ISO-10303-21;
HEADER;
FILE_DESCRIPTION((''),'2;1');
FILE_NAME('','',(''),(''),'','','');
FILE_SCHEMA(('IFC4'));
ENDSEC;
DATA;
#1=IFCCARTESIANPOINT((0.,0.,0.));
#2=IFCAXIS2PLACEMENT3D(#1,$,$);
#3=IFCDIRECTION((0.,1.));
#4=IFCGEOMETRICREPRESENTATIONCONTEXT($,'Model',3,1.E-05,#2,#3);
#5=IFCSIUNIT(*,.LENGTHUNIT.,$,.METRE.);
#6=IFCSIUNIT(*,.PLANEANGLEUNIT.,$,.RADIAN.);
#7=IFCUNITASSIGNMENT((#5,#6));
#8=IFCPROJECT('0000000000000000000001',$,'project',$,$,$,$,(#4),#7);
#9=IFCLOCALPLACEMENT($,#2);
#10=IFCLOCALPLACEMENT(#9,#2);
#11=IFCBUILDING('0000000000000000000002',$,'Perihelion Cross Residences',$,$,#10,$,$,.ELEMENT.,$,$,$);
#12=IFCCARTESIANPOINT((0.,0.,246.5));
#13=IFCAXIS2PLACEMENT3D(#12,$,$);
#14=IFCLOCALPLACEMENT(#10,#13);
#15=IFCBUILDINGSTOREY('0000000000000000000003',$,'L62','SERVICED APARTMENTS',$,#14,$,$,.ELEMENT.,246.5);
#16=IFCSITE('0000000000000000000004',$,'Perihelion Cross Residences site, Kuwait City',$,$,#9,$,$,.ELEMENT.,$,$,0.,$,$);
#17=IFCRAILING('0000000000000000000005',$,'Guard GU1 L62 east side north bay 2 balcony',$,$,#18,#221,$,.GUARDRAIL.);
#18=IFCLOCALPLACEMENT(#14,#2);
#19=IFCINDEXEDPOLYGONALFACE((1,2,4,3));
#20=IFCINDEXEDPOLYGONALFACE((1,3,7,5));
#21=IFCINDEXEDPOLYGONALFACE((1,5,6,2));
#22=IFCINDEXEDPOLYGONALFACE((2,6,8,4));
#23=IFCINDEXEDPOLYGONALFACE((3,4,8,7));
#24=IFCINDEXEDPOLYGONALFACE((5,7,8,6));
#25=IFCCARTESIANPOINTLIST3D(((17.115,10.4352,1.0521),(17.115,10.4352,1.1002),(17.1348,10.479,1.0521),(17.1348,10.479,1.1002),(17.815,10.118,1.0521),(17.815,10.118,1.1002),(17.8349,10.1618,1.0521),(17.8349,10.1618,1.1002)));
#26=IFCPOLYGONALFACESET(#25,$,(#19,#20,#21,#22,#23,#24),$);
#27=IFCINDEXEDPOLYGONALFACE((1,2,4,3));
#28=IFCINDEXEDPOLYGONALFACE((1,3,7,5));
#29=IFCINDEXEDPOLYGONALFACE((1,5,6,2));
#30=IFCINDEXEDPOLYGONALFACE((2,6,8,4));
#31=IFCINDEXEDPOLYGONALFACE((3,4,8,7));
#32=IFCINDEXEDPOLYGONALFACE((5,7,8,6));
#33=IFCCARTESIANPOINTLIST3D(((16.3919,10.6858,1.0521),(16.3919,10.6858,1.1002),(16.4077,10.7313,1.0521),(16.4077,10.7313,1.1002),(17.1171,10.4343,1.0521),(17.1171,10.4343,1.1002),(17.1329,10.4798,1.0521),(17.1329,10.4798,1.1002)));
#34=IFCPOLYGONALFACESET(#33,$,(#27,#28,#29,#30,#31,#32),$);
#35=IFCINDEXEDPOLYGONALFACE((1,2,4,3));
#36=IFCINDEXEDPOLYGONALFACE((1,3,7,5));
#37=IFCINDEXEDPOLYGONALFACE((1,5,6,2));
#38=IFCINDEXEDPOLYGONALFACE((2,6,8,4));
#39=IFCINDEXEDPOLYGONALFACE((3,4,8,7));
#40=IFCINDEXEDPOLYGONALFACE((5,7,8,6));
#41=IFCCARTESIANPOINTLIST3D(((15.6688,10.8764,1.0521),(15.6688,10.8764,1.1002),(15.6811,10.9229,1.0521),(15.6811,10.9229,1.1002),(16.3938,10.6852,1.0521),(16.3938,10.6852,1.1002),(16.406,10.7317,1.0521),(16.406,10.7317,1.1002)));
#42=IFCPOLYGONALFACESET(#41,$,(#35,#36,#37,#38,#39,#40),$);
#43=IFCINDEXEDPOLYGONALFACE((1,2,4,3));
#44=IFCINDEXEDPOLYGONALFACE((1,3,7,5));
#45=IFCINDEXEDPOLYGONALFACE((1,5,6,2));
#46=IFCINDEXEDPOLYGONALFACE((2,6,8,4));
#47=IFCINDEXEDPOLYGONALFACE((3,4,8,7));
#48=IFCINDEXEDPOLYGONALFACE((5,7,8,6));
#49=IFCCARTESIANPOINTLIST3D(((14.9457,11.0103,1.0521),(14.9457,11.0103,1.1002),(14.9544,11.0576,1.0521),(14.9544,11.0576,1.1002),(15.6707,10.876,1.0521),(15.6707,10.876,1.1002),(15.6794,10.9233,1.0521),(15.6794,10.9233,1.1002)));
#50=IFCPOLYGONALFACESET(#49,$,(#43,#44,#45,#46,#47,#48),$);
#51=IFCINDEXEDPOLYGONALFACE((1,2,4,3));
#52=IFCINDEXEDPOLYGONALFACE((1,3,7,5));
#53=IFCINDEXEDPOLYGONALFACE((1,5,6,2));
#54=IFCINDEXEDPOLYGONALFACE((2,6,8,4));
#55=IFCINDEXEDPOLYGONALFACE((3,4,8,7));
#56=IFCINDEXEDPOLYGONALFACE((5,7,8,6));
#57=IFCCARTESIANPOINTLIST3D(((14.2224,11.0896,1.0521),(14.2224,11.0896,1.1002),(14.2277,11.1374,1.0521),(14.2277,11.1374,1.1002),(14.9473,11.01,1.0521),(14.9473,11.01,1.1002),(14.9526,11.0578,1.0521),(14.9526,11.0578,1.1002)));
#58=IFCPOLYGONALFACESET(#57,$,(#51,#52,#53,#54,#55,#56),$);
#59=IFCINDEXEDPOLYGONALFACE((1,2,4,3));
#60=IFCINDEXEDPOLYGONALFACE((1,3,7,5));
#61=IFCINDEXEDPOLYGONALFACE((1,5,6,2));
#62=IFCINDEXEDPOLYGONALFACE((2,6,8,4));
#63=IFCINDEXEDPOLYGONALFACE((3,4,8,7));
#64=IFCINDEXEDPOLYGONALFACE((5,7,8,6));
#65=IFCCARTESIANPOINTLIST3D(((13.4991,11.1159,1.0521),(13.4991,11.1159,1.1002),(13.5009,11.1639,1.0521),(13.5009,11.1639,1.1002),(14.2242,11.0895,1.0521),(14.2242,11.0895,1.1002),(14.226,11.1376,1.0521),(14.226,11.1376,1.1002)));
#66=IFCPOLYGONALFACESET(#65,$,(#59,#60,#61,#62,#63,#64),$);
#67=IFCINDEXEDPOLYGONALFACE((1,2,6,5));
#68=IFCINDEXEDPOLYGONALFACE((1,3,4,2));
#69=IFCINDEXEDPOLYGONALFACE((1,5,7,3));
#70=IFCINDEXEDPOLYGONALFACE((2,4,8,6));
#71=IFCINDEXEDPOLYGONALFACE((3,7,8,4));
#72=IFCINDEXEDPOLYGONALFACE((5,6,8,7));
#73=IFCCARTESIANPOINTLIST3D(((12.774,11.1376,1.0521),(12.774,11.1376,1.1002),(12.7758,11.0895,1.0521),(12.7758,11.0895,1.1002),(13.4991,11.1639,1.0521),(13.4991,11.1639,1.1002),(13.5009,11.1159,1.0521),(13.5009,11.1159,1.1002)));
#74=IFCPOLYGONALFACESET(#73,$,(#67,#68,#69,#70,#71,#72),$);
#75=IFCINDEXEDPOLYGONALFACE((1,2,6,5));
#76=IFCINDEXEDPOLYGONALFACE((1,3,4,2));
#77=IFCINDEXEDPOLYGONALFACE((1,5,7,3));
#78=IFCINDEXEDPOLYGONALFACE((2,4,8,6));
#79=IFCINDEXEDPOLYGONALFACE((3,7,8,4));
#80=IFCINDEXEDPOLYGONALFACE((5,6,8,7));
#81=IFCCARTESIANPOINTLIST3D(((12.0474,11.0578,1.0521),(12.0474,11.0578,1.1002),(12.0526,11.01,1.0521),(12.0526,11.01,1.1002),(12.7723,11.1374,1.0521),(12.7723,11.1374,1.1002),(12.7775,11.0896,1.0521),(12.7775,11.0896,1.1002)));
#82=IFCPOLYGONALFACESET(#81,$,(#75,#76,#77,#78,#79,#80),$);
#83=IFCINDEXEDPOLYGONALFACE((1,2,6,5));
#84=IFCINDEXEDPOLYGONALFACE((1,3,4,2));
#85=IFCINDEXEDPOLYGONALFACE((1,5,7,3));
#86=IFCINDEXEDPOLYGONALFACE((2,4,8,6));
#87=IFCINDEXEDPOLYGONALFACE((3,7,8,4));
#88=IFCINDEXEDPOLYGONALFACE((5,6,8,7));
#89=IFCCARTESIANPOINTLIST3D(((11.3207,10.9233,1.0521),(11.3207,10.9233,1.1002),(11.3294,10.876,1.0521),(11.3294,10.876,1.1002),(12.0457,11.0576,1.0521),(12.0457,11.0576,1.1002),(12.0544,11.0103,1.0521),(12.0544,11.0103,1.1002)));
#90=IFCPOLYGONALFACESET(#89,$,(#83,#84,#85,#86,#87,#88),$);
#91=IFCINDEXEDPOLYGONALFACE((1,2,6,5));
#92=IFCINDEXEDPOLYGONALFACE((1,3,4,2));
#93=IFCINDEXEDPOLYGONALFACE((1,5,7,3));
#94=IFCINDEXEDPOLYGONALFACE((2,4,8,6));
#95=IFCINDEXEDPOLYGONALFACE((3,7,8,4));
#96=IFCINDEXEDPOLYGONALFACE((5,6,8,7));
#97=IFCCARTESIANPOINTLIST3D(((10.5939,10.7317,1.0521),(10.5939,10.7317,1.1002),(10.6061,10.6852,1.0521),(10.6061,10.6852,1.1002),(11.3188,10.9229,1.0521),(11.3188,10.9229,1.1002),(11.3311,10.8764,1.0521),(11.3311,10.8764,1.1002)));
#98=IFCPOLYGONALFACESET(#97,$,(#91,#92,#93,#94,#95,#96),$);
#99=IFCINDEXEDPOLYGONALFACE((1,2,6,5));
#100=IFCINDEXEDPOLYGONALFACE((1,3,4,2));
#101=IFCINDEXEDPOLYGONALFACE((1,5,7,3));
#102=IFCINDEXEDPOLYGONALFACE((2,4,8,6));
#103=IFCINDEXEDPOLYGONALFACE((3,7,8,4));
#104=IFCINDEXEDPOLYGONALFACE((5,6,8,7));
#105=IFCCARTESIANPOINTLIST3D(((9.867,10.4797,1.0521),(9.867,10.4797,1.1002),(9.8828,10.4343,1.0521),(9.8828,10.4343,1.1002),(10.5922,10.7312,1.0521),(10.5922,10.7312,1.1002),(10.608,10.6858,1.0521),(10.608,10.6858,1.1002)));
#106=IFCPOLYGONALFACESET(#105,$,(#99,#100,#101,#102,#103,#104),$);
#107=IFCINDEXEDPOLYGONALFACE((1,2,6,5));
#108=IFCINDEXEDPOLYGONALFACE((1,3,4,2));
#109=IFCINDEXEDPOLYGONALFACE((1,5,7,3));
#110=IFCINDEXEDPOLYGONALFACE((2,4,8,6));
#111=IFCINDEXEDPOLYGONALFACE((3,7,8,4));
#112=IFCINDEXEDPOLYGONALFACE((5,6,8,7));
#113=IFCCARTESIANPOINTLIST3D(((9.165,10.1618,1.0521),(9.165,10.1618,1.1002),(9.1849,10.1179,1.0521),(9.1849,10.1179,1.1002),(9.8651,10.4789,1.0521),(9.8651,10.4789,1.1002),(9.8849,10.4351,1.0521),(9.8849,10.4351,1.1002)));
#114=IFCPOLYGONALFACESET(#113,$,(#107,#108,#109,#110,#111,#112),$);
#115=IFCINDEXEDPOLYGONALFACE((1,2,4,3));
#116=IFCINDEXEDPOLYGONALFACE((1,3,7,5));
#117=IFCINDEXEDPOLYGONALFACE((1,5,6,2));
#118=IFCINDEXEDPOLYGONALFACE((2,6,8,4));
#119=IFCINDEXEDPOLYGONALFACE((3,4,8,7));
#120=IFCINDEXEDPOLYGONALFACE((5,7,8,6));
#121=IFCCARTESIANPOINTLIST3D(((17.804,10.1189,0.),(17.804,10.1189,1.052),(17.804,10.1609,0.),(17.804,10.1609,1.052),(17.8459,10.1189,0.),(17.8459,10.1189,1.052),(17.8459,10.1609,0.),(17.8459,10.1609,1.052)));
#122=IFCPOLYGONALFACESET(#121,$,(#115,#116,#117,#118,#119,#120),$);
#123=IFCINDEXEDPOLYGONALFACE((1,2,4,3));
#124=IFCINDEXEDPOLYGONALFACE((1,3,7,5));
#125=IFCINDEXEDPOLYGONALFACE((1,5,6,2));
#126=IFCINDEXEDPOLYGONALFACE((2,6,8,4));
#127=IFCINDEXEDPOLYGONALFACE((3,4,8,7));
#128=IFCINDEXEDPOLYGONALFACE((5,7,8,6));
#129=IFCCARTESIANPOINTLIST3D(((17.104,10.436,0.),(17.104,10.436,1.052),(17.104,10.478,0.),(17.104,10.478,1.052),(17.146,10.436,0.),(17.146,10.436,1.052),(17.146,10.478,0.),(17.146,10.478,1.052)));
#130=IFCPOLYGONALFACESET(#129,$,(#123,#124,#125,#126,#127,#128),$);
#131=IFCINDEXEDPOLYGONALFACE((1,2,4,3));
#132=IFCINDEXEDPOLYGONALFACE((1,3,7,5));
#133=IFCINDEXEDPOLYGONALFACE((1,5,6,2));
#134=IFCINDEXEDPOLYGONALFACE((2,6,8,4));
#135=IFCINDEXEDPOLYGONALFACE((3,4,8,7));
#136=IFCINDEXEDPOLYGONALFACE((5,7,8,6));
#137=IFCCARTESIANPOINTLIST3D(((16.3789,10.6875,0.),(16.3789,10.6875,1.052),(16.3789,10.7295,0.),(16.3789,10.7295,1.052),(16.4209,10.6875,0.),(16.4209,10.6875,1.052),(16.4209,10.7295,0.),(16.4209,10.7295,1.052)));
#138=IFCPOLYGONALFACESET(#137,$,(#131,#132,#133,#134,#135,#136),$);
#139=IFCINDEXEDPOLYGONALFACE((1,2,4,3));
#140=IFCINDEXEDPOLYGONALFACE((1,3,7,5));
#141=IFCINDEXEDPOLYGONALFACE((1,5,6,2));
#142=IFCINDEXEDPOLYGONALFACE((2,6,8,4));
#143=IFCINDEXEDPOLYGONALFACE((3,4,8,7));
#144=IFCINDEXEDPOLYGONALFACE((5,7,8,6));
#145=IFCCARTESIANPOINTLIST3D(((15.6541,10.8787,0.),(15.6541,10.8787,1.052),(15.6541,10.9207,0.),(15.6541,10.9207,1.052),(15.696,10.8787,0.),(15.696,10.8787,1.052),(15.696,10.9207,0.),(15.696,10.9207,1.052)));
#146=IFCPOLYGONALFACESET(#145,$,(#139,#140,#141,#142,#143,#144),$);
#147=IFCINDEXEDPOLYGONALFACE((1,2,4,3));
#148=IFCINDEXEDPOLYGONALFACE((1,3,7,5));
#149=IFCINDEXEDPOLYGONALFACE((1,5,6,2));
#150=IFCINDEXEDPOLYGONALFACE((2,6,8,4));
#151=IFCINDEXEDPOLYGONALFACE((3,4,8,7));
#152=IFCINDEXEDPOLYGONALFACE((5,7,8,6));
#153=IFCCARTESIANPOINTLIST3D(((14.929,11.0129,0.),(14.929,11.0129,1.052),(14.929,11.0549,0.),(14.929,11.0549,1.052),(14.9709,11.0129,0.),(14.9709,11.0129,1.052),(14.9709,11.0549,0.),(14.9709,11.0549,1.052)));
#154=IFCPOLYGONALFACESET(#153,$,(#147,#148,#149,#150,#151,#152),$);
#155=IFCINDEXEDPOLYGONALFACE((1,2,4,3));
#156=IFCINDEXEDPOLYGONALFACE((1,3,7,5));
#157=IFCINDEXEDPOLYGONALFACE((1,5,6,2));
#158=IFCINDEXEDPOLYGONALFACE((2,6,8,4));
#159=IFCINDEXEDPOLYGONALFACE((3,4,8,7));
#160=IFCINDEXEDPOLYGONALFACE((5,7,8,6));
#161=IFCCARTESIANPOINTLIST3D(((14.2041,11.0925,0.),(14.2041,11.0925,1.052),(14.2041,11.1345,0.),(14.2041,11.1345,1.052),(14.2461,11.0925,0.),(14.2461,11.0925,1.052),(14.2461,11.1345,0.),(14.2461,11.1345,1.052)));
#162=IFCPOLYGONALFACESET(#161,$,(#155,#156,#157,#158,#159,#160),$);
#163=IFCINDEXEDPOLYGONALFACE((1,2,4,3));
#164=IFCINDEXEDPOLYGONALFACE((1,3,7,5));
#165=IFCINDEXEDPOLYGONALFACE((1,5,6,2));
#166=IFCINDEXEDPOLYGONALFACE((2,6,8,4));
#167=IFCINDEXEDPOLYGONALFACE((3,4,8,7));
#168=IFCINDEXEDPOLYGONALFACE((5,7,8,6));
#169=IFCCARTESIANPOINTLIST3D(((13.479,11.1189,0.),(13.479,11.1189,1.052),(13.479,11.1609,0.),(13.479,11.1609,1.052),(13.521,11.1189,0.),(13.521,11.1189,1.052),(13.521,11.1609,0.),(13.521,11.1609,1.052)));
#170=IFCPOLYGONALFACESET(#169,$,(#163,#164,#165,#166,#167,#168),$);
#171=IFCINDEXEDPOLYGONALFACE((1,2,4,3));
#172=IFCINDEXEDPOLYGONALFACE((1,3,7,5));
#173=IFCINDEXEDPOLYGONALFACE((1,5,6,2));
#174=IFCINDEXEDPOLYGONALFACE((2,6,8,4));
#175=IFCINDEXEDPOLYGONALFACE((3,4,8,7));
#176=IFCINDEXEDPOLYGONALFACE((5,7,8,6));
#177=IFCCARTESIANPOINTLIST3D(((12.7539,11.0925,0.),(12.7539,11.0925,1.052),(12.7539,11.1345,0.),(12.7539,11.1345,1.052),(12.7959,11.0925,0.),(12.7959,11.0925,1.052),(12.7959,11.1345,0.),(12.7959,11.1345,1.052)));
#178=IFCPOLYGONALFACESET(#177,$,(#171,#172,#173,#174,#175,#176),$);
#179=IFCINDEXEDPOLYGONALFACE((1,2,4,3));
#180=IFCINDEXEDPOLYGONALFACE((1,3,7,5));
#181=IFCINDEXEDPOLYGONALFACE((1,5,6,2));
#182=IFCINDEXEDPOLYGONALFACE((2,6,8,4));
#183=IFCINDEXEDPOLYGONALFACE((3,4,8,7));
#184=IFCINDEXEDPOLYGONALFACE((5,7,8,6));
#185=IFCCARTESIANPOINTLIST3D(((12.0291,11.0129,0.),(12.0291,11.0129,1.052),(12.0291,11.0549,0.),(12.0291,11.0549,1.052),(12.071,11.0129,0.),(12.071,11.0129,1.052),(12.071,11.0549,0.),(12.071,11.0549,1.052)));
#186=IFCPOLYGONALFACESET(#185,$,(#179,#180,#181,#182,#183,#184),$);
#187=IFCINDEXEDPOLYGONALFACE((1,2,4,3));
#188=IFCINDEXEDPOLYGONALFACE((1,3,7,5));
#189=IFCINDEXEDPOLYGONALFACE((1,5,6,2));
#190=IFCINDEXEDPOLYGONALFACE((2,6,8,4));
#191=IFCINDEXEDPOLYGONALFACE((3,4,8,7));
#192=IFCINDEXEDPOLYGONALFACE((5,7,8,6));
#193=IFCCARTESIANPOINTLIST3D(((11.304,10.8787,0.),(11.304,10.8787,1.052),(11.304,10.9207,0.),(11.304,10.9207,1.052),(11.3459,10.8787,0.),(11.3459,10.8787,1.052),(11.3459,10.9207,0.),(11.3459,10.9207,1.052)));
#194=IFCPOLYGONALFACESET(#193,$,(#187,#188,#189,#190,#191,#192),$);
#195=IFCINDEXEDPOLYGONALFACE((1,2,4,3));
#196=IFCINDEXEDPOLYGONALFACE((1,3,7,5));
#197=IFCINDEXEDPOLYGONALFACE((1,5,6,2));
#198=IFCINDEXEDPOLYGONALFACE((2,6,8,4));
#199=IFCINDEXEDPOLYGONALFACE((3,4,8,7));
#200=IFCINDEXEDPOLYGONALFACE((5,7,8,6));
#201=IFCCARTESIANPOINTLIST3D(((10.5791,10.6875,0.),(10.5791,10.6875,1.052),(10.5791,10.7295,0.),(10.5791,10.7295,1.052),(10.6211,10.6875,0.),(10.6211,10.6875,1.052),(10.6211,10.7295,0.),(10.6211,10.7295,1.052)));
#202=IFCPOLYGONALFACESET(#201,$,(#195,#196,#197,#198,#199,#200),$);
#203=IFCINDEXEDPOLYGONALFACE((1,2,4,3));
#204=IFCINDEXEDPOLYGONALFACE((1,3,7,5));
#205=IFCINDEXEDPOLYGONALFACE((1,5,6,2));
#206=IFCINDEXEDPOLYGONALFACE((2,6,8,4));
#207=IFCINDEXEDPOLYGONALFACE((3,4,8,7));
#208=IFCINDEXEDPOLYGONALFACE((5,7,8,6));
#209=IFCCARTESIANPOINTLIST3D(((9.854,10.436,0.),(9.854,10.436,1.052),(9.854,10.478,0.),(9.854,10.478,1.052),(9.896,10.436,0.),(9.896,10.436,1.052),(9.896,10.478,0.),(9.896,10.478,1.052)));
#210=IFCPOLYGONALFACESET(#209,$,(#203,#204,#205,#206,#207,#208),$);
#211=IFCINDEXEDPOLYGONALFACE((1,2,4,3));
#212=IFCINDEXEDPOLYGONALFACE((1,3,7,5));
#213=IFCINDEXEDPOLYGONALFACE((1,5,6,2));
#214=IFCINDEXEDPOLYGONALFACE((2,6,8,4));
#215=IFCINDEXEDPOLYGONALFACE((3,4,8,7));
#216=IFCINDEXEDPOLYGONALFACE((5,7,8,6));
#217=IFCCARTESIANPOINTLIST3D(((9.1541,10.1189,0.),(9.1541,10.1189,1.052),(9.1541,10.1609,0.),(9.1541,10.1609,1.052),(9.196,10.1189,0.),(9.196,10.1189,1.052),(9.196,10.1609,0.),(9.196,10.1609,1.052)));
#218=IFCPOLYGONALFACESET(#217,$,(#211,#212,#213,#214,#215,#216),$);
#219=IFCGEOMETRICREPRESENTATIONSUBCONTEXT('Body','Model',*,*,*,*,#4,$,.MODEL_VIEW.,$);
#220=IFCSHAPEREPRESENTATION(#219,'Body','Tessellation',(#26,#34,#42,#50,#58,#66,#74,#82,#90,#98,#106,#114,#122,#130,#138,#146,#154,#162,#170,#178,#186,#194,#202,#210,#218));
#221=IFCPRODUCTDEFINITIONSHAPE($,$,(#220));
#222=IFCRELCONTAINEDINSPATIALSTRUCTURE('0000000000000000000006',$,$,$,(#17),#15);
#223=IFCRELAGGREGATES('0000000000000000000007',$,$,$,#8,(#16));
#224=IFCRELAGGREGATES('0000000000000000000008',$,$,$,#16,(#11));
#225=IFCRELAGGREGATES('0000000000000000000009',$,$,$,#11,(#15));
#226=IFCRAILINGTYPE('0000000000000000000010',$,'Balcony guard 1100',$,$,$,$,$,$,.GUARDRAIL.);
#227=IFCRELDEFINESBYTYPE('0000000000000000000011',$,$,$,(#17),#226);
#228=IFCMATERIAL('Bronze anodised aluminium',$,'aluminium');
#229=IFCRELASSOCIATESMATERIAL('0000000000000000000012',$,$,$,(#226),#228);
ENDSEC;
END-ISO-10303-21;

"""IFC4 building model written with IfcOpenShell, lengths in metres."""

from ifc_helpers import new_model, si_unit, direction, frame, origin, origin_2d, place, context, subcontext, project, spatial, rectangle, extrude, material, type_object, element, save


model = new_model("IFC4")

# Units and contexts
model_context = context("Model", 3, precision=1e-05, world=origin(), true_north=direction((0.0, 1.0)))
body_context = subcontext(model_context, "Body", "Model", "MODEL_VIEW")
ifc_project = project(units=[si_unit("LENGTHUNIT", "METRE"), si_unit("PLANEANGLEUNIT", "RADIAN")], contexts=[model_context])

# Site, building, storey
site_placement = place(None, origin())
site = spatial("IfcSite", under=ifc_project, at=site_placement, Name="Perihelion Cross Residences site, Kuwait City", CompositionType="ELEMENT", RefElevation=0.0)
building_placement = place(site_placement, origin())
building = spatial("IfcBuilding", under=site, at=building_placement, Name="Perihelion Cross Residences", CompositionType="ELEMENT")
storey_placement = place(building_placement, frame((0.0, 0.0, 246.5)))
storey = spatial("IfcBuildingStorey", under=building, at=storey_placement, Name="L62", Description="SERVICED APARTMENTS", CompositionType="ELEMENT", Elevation=246.5)

# Railing
ifc_material_1 = material(Name="Bronze anodised aluminium", Category="aluminium")
railing_type = type_object("IfcRailingType", Name="Balcony guard 1100", PredefinedType="GUARDRAIL", material=ifc_material_1)
railing_placement = place(storey_placement, frame((17.825, 10.1399, 0.0)))
element("IfcRailing", 1, at=railing_placement, inside=storey, type_object=railing_type, Name="Guard GU1 L62 east side north bay 2 balcony", PredefinedType="GUARDRAIL", context=body_context, shape_type="SweptSolid", body=[
    extrude(rectangle(XDim=0.0481, YDim=0.0481, at=origin_2d()), frame((0.0, 0.0, 1.0762), z_axis=(-0.910866, 0.412702, 0.0), x_axis=(-0.412702, -0.910866, 0.0)), (0.0, 0.0, 1.0), 0.7686),
    extrude(rectangle(XDim=0.0481, YDim=0.0481, at=origin_2d()), frame((-0.7, 0.3171, 1.0762), z_axis=(-0.944797, 0.327657, 0.0), x_axis=(-0.327657, -0.944797, 0.0)), (0.0, 0.0, 1.0), 0.7676),
    extrude(rectangle(XDim=0.0481, YDim=0.0481, at=origin_2d()), frame((-1.425, 0.5686, 1.0762), z_axis=(-0.966939, 0.255006, 0.0), x_axis=(-0.255006, -0.966939, 0.0)), (0.0, 0.0, 1.0), 0.7498),
    extrude(rectangle(XDim=0.0481, YDim=0.0481, at=origin_2d()), frame((-2.1499, 0.7598, 1.0762), z_axis=(-0.983282, 0.182089, 0.0), x_axis=(-0.182089, -0.983282, 0.0)), (0.0, 0.0, 1.0), 0.7373),
    extrude(rectangle(XDim=0.0481, YDim=0.0481, at=origin_2d()), frame((-2.875, 0.894, 1.0762), z_axis=(-0.994026, 0.109145, 0.0), x_axis=(-0.109145, -0.994026, 0.0)), (0.0, 0.0, 1.0), 0.7292),
    extrude(rectangle(XDim=0.0481, YDim=0.0481, at=origin_2d()), frame((-3.5999, 0.9736, 1.0762), z_axis=(-0.999339, 0.03634, 0.0), x_axis=(-0.03634, -0.999339, 0.0)), (0.0, 0.0, 1.0), 0.7256),
    extrude(rectangle(XDim=0.0481, YDim=0.0481, at=origin_2d()), frame((-4.325, 1.0, 1.0762), z_axis=(-0.999339, -0.03634, 0.0), x_axis=(0.03634, -0.999339, 0.0)), (0.0, 0.0, 1.0), 0.7256),
    extrude(rectangle(XDim=0.0481, YDim=0.0481, at=origin_2d()), frame((-5.05, 0.9736, 1.0762), z_axis=(-0.994026, -0.109145, 0.0), x_axis=(0.109145, -0.994026, 0.0)), (0.0, 0.0, 1.0), 0.7292),
    extrude(rectangle(XDim=0.0481, YDim=0.0481, at=origin_2d()), frame((-5.7749, 0.894, 1.0762), z_axis=(-0.983282, -0.182089, 0.0), x_axis=(0.182089, -0.983282, 0.0)), (0.0, 0.0, 1.0), 0.7373),
    extrude(rectangle(XDim=0.0481, YDim=0.0481, at=origin_2d()), frame((-6.5, 0.7598, 1.0762), z_axis=(-0.966939, -0.255006, 0.0), x_axis=(0.255006, -0.966939, 0.0)), (0.0, 0.0, 1.0), 0.7498),
    extrude(rectangle(XDim=0.0481, YDim=0.0481, at=origin_2d()), frame((-7.2249, 0.5686, 1.0762), z_axis=(-0.944797, -0.327657, 0.0), x_axis=(0.327657, -0.944797, 0.0)), (0.0, 0.0, 1.0), 0.7676),
    extrude(rectangle(XDim=0.0481, YDim=0.0481, at=origin_2d()), frame((-7.95, 0.3171, 1.0762), z_axis=(-0.910866, -0.412702, 0.0), x_axis=(0.412702, -0.910866, 0.0)), (0.0, 0.0, 1.0), 0.7686),
    extrude(rectangle(XDim=0.042, YDim=0.042, at=origin_2d()), origin(), (0.0, 0.0, 1.0), 1.052),
    extrude(rectangle(XDim=0.042, YDim=0.042, at=origin_2d()), frame((-0.7, 0.3171, 0.0)), (0.0, 0.0, 1.0), 1.052),
    extrude(rectangle(XDim=0.042, YDim=0.042, at=origin_2d()), frame((-1.425, 0.5686, 0.0)), (0.0, 0.0, 1.0), 1.052),
    extrude(rectangle(XDim=0.042, YDim=0.042, at=origin_2d()), frame((-2.1499, 0.7598, 0.0)), (0.0, 0.0, 1.0), 1.052),
    extrude(rectangle(XDim=0.042, YDim=0.042, at=origin_2d()), frame((-2.875, 0.894, 0.0)), (0.0, 0.0, 1.0), 1.052),
    extrude(rectangle(XDim=0.042, YDim=0.042, at=origin_2d()), frame((-3.5999, 0.9736, 0.0)), (0.0, 0.0, 1.0), 1.052),
    extrude(rectangle(XDim=0.042, YDim=0.042, at=origin_2d()), frame((-4.325, 1.0, 0.0)), (0.0, 0.0, 1.0), 1.052),
    extrude(rectangle(XDim=0.042, YDim=0.042, at=origin_2d()), frame((-5.05, 0.9736, 0.0)), (0.0, 0.0, 1.0), 1.052),
    extrude(rectangle(XDim=0.042, YDim=0.042, at=origin_2d()), frame((-5.7749, 0.894, 0.0)), (0.0, 0.0, 1.0), 1.052),
    extrude(rectangle(XDim=0.042, YDim=0.042, at=origin_2d()), frame((-6.5, 0.7598, 0.0)), (0.0, 0.0, 1.0), 1.052),
    extrude(rectangle(XDim=0.042, YDim=0.042, at=origin_2d()), frame((-7.2249, 0.5686, 0.0)), (0.0, 0.0, 1.0), 1.052),
    extrude(rectangle(XDim=0.042, YDim=0.042, at=origin_2d()), frame((-7.95, 0.3171, 0.0)), (0.0, 0.0, 1.0), 1.052),
    extrude(rectangle(XDim=0.042, YDim=0.042, at=origin_2d()), frame((-8.6499, 0.0, 0.0)), (0.0, 0.0, 1.0), 1.052),
])

save(model, "model.ifc")
